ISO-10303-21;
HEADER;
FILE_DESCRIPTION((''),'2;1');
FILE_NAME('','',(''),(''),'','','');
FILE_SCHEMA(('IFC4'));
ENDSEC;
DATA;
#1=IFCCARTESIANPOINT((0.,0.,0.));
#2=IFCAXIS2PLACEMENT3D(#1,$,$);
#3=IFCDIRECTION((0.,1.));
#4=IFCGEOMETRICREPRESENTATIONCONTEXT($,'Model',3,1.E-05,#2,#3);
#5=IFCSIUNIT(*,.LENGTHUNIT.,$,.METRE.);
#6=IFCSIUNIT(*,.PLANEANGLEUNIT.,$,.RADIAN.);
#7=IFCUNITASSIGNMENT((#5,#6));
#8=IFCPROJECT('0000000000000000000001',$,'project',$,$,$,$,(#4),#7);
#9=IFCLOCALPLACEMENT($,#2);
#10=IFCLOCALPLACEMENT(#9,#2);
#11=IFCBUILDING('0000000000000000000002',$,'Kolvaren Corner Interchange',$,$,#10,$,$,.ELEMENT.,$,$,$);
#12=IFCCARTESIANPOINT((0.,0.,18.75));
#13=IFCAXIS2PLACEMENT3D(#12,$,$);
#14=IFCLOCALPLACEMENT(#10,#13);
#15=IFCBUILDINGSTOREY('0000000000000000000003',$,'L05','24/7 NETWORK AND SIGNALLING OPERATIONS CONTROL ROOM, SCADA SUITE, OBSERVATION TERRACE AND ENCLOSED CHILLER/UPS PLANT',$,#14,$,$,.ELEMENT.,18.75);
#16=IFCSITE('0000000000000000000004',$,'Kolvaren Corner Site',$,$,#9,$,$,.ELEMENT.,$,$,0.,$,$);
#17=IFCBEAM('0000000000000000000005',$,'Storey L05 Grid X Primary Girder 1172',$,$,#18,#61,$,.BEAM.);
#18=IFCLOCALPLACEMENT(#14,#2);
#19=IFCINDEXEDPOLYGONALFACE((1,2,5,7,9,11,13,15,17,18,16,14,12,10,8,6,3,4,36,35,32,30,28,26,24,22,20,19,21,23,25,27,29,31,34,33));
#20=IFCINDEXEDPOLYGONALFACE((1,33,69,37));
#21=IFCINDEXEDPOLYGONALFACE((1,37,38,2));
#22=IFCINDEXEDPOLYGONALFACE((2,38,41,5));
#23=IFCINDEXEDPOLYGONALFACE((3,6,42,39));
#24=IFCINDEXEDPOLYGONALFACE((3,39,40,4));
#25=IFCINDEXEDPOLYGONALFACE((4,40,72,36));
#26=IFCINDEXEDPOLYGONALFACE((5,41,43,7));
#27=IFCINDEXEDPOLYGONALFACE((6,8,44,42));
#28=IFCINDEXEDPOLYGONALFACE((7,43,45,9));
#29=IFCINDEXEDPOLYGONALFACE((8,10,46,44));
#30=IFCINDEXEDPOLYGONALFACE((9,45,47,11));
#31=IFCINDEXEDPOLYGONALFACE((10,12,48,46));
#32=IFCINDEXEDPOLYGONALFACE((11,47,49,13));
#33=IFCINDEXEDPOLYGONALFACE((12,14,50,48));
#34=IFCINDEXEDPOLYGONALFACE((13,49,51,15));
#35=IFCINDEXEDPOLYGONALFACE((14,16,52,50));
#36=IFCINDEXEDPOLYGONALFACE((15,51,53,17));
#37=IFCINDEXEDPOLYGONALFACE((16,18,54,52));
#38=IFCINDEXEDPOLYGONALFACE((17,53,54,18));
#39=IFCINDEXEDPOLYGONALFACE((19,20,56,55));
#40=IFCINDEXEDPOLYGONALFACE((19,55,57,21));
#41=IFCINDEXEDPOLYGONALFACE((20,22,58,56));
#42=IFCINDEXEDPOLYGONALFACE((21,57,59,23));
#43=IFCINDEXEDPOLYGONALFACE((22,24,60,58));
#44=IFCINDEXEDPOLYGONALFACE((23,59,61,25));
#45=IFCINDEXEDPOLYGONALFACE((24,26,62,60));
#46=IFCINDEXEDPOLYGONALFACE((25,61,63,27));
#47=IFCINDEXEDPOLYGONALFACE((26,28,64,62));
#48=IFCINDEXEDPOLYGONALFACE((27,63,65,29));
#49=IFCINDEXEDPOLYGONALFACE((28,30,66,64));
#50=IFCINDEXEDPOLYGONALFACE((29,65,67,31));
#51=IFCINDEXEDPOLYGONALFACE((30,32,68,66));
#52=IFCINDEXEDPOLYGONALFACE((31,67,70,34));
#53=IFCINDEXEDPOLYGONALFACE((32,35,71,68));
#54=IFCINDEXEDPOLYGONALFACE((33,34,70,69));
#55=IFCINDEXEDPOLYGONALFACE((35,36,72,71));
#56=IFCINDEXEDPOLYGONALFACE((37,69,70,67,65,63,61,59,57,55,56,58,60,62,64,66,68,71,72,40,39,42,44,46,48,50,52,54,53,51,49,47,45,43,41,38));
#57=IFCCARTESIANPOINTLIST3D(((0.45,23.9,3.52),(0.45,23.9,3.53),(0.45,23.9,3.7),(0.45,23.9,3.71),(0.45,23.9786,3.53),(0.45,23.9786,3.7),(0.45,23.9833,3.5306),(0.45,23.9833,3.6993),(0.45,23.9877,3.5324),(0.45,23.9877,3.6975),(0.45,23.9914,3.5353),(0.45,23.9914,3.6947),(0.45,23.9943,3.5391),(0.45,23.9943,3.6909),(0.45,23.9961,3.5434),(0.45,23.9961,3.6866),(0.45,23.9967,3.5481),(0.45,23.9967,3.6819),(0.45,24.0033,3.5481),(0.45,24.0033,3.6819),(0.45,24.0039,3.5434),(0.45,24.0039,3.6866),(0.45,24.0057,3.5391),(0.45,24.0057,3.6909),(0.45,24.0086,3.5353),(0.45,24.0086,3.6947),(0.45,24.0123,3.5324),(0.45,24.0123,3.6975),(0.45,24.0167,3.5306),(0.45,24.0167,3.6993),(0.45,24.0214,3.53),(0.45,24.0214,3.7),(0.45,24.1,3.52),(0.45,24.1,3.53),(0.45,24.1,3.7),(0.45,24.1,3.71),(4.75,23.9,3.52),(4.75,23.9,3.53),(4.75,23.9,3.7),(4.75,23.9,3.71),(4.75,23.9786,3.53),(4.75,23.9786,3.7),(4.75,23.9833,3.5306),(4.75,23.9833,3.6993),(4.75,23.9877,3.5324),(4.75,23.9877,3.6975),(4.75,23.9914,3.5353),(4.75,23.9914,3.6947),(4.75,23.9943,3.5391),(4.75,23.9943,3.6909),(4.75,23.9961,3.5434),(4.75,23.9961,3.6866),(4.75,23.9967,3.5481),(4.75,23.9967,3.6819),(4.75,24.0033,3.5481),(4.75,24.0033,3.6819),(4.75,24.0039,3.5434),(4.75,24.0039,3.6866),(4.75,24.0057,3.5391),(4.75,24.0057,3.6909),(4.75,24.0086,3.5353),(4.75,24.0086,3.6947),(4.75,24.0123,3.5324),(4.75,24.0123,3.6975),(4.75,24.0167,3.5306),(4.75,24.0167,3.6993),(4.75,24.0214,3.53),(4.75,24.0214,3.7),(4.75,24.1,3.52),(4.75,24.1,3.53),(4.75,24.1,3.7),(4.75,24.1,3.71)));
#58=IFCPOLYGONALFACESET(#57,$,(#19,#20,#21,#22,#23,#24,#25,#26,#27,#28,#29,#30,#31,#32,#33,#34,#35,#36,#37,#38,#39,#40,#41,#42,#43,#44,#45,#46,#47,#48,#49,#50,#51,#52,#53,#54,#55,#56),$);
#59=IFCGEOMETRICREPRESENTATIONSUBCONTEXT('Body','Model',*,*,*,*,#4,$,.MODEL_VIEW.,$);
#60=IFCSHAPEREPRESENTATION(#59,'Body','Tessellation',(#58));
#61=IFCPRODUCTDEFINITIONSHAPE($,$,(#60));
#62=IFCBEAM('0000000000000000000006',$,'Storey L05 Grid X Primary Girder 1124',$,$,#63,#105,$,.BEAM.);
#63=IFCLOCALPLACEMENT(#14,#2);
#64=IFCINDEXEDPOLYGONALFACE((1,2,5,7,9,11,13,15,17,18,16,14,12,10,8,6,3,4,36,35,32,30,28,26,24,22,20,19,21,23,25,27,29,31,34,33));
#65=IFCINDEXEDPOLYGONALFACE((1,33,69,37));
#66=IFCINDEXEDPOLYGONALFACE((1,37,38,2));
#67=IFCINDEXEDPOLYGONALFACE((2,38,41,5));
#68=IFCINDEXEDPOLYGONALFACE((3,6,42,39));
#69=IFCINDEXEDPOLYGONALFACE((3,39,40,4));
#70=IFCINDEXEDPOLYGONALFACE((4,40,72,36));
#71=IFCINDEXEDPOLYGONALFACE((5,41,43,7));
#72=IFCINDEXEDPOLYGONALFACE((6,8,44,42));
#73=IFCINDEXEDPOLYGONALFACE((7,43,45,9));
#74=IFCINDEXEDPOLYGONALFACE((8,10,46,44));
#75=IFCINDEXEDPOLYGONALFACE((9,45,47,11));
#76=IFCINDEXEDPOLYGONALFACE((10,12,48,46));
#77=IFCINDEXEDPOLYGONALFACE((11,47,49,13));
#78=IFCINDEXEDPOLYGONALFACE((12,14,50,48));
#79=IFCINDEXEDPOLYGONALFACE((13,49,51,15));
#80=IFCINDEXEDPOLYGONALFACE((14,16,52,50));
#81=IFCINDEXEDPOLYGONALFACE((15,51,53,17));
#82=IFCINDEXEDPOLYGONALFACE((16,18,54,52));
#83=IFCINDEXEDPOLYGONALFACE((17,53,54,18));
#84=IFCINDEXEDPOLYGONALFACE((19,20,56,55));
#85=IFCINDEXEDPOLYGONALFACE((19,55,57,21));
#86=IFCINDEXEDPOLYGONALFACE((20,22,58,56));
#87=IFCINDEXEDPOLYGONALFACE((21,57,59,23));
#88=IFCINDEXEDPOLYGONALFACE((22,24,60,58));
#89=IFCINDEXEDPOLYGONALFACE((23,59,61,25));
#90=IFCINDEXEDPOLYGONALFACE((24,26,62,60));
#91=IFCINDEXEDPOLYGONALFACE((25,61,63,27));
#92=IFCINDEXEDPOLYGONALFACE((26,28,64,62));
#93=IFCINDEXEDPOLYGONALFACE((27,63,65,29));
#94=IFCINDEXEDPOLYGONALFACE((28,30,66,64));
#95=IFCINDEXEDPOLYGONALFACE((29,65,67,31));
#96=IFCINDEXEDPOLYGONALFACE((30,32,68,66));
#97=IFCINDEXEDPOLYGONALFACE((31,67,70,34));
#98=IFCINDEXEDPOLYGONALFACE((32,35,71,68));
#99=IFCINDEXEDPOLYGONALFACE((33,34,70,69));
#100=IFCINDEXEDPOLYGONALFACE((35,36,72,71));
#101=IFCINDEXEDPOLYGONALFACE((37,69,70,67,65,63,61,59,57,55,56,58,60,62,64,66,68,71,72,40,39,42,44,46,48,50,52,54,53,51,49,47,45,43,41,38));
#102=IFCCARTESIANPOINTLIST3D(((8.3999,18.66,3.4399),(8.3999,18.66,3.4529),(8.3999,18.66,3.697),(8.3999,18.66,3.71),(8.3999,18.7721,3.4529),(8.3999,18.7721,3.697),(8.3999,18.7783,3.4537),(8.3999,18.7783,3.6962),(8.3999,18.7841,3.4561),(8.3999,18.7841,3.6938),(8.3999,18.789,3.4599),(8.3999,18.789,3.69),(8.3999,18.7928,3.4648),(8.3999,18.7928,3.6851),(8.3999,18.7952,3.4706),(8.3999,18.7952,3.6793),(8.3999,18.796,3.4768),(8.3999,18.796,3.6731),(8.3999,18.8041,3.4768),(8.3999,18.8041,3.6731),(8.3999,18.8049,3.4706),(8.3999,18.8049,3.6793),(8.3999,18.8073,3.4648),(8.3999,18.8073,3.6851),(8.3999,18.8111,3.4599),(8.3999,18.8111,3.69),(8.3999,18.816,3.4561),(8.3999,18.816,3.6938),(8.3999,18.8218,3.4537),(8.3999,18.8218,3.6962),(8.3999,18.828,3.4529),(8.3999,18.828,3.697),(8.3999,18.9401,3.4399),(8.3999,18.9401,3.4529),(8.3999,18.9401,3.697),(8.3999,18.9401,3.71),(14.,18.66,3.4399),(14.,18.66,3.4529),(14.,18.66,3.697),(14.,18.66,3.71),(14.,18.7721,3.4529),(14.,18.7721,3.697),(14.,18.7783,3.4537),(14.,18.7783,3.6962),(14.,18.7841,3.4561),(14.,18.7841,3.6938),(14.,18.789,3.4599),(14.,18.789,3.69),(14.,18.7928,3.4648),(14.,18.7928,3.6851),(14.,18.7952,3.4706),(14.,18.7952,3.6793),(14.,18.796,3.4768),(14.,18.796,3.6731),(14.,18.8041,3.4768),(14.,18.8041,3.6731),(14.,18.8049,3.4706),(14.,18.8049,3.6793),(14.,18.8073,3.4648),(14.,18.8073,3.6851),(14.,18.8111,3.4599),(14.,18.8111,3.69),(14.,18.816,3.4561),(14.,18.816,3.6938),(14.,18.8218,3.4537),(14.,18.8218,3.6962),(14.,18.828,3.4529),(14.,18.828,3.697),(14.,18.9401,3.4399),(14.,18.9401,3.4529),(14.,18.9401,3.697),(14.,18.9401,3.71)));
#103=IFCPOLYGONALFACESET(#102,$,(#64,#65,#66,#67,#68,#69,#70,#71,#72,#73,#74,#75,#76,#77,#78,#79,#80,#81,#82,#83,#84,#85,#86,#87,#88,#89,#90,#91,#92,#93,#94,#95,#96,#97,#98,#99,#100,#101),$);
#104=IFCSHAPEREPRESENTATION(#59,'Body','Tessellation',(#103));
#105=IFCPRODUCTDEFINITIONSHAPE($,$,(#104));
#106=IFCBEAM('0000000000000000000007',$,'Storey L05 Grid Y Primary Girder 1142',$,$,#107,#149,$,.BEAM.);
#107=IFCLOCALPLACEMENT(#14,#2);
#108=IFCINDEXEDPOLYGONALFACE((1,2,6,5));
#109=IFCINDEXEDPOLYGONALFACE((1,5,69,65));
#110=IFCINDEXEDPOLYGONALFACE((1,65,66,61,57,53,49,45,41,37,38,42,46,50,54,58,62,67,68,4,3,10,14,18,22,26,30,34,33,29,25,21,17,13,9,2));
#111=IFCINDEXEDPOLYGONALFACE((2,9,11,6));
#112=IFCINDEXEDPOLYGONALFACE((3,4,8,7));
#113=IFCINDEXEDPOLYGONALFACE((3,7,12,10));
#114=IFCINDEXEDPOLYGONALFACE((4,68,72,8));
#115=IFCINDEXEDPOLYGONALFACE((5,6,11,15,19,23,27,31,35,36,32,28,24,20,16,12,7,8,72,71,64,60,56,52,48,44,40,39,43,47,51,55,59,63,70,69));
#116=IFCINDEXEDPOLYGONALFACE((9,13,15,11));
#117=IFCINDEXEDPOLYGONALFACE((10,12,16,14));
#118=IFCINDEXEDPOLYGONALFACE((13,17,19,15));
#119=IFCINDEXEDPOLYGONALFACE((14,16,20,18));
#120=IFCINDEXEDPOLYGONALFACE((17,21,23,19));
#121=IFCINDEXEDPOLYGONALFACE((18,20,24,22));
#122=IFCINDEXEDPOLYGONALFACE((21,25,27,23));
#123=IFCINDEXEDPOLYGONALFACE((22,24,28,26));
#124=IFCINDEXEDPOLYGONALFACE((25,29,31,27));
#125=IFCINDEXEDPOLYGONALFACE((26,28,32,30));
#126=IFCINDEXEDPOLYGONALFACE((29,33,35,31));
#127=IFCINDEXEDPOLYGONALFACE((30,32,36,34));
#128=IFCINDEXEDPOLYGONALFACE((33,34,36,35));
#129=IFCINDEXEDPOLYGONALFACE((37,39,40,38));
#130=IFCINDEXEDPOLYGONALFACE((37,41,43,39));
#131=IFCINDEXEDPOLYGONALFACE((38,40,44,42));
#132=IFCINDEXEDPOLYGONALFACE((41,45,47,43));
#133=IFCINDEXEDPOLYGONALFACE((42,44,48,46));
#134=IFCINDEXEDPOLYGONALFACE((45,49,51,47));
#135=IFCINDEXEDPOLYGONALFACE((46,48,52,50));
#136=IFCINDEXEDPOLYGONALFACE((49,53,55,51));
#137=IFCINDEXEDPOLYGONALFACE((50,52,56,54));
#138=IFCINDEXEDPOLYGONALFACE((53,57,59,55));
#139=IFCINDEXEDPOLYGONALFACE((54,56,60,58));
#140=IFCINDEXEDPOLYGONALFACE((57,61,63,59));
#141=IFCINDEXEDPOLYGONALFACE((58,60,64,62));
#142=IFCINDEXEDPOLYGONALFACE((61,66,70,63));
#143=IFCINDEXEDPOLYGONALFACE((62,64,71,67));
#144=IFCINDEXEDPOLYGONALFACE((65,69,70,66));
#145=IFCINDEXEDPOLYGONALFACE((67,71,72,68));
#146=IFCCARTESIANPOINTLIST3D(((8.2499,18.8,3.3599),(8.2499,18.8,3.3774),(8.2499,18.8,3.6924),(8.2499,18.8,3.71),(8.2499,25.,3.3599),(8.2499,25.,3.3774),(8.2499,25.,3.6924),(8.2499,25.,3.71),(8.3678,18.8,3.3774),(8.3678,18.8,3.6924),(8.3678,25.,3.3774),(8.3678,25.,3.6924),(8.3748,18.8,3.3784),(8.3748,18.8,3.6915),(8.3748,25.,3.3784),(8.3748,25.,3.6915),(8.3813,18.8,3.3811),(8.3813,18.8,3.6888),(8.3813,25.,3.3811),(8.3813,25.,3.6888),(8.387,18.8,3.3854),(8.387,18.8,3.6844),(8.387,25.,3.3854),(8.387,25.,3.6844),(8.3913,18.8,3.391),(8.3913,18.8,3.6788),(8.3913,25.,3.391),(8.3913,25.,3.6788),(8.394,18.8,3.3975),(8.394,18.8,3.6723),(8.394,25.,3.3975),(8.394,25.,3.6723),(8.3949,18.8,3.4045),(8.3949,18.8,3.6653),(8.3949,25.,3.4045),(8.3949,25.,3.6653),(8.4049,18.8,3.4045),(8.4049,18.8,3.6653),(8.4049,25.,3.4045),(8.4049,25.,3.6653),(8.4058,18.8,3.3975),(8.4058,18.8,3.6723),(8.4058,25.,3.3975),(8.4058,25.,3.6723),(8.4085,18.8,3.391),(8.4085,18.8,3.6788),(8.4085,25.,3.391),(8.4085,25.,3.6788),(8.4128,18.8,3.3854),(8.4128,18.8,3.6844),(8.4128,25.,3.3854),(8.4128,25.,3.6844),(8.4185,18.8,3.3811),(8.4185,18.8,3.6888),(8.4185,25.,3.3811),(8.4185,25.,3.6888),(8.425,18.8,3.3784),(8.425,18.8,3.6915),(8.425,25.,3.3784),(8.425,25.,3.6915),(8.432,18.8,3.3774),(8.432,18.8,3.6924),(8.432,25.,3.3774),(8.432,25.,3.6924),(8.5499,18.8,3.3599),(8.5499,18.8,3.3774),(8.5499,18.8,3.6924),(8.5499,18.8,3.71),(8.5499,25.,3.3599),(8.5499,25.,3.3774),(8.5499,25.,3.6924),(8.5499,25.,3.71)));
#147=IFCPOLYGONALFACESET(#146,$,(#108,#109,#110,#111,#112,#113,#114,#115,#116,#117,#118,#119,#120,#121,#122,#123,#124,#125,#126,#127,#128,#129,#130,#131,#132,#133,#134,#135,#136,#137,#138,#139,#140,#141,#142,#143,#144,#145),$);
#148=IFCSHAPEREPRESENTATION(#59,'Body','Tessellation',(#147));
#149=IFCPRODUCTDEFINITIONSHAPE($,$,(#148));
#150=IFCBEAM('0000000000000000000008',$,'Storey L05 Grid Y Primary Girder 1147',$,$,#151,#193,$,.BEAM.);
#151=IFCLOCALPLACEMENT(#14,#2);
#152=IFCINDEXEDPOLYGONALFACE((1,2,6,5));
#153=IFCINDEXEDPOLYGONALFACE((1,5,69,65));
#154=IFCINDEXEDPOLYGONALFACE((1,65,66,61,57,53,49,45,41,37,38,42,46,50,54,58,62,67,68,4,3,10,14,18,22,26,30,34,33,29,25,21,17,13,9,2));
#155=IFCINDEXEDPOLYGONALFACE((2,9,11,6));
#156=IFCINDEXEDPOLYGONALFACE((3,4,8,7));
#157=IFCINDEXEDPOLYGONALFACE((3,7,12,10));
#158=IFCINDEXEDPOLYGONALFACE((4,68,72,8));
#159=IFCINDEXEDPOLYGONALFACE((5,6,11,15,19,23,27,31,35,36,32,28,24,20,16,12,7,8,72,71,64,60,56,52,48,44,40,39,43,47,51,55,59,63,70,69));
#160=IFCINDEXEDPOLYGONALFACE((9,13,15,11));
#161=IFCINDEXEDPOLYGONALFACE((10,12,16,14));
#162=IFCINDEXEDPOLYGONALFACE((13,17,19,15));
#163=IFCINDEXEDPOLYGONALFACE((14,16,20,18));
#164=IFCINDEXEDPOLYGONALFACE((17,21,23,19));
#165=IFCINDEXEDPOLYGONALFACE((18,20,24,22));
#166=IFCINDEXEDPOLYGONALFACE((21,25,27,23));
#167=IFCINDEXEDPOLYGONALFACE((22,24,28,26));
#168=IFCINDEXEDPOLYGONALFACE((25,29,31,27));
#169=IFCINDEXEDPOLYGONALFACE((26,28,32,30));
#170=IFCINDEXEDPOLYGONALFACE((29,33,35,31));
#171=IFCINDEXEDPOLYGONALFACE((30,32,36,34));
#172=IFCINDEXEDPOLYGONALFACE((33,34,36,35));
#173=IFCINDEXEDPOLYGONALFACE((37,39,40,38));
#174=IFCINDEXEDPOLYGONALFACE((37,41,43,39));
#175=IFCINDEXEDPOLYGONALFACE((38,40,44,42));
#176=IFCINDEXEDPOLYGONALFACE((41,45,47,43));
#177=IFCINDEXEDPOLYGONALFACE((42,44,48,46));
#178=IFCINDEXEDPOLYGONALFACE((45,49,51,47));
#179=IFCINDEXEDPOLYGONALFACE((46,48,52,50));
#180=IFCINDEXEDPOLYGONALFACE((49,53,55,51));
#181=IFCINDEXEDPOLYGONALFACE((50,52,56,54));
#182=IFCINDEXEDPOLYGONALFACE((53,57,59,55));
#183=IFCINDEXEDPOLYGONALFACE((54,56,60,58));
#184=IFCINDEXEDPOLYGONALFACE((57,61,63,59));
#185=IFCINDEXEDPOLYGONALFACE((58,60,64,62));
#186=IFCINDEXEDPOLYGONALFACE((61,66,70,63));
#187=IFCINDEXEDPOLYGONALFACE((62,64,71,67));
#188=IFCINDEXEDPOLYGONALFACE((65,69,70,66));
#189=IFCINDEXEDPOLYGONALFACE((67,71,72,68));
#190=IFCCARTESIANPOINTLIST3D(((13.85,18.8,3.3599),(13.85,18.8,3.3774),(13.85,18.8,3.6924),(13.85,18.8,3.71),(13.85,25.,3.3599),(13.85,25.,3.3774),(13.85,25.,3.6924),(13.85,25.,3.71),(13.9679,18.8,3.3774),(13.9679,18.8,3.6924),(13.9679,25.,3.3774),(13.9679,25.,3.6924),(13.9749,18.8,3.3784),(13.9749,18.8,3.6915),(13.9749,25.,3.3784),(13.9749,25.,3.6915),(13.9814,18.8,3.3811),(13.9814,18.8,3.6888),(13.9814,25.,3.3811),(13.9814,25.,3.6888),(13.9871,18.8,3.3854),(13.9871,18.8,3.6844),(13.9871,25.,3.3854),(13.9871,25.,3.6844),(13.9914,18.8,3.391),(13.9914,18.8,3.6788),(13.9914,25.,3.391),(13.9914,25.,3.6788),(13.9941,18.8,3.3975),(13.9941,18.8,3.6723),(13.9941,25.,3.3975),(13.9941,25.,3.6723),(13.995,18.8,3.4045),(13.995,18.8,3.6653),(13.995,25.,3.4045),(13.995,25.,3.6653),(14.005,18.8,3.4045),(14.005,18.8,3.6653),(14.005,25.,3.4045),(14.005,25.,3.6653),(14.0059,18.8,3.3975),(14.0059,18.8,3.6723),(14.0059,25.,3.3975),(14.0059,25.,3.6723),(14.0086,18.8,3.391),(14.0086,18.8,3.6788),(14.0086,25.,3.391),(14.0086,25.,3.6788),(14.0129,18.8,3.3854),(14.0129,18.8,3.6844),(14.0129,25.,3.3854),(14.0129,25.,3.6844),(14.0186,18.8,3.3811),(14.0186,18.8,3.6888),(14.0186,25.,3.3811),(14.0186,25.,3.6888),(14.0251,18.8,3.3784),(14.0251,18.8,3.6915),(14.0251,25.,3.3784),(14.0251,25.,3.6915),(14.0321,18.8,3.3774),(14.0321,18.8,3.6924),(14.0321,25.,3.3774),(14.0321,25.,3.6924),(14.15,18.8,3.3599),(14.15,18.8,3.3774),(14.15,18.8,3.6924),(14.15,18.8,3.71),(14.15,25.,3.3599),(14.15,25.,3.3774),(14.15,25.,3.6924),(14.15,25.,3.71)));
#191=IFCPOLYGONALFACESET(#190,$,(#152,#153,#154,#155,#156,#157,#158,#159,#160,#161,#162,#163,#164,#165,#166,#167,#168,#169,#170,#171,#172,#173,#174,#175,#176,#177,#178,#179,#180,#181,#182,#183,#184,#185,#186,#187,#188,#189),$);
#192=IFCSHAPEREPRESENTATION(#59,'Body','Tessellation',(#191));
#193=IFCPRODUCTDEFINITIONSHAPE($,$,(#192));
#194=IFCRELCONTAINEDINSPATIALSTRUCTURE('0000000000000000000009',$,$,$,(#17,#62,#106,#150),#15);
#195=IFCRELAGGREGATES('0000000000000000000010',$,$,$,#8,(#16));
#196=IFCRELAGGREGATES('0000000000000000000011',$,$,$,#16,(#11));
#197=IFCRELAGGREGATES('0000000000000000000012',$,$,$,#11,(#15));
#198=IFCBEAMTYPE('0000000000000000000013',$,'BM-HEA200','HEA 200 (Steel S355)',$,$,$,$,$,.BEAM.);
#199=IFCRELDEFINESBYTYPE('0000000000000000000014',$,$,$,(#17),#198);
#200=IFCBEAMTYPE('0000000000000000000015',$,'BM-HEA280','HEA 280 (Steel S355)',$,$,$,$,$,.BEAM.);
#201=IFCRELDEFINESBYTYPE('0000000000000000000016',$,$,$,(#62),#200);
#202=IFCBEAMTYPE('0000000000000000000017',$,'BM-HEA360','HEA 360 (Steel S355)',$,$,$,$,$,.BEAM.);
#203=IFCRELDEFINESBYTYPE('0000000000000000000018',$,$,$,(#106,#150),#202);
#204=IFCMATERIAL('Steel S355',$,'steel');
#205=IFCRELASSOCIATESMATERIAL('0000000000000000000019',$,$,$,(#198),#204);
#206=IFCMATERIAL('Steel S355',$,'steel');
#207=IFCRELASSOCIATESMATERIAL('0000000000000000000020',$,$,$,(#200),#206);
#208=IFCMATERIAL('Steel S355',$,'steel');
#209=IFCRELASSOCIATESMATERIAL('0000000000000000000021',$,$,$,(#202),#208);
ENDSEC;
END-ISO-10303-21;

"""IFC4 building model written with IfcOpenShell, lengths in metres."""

from ifc_helpers import new_model, si_unit, direction, frame, origin, origin_2d, place, context, subcontext, project, spatial, i_section, extrude, material, material_profile, profile_set, type_object, element, save


model = new_model("IFC4")

# Units and contexts
model_context = context("Model", 3, precision=1e-05, world=origin(), true_north=direction((0.0, 1.0)))
body_context = subcontext(model_context, "Body", "Model", "MODEL_VIEW")
ifc_project = project(units=[si_unit("LENGTHUNIT", "METRE"), si_unit("PLANEANGLEUNIT", "RADIAN")], contexts=[model_context])

# Site, building, storey
site_placement = place(None, origin())
site = spatial("IfcSite", under=ifc_project, at=site_placement, Name="Kolvaren Corner Site", CompositionType="ELEMENT", RefElevation=0.0)
building_placement = place(site_placement, origin())
building = spatial("IfcBuilding", under=site, at=building_placement, Name="Kolvaren Corner Interchange", CompositionType="ELEMENT")
storey_placement = place(building_placement, frame((0.0, 0.0, 18.75)))
storey = spatial("IfcBuildingStorey", under=building, at=storey_placement, Name="L05", Description="24/7 NETWORK AND SIGNALLING OPERATIONS CONTROL ROOM, SCADA SUITE, OBSERVATION TERRACE AND ENCLOSED CHILLER/UPS PLANT", CompositionType="ELEMENT", Elevation=18.75)

# Beams
ifc_material_1 = material(Name="Steel S355", Category="steel")
ifc_material_profile_1 = material_profile(ifc_material_1, i_section(OverallWidth=0.2, OverallDepth=0.1899, WebThickness=0.0066, FlangeThickness=0.01, FilletRadius=0.0181, at=origin_2d()), Name="HEA 200")
ifc_profile_set_1 = profile_set([ifc_material_profile_1], Name="Steel S355")
beam_type_1 = type_object("IfcBeamType", Name="BM-HEA200", Description="HEA 200 (Steel S355)", PredefinedType="BEAM", material=ifc_profile_set_1)
for number, where, z_axis, x_axis, name in (
    (1, (0.45, 24.0, 3.615), (1.0, 0.0, 0.0), (0.0, 1.0, 0.0), "Storey L05 Grid X Primary Girder 1172"),
):
    element("IfcBeam", number, at=place(storey_placement, frame(where, z_axis=z_axis, x_axis=x_axis)), inside=storey, type_object=beam_type_1, Name=name, PredefinedType="BEAM", context=body_context, shape_type="SweptSolid", body=[
        extrude(i_section(OverallWidth=0.2, OverallDepth=0.1899, WebThickness=0.0066, FlangeThickness=0.01, FilletRadius=0.0181, at=origin_2d()), origin(), (0.0, 0.0, 1.0), 4.3),
    ])
ifc_material_2 = material(Name="Steel S355", Category="steel")
ifc_material_profile_2 = material_profile(ifc_material_2, i_section(OverallWidth=0.28, OverallDepth=0.27, WebThickness=0.0081, FlangeThickness=0.0129, FilletRadius=0.0239, at=origin_2d()), Name="HEA 280")
ifc_profile_set_2 = profile_set([ifc_material_profile_2], Name="Steel S355")
beam_type_2 = type_object("IfcBeamType", Name="BM-HEA280", Description="HEA 280 (Steel S355)", PredefinedType="BEAM", material=ifc_profile_set_2)
beam_1_placement = place(storey_placement, frame((8.3999, 18.8, 3.575), z_axis=(1.0, 0.0, 0.0), x_axis=(0.0, 1.0, 0.0)))
element("IfcBeam", 2, at=beam_1_placement, inside=storey, type_object=beam_type_2, Name="Storey L05 Grid X Primary Girder 1124", PredefinedType="BEAM", context=body_context, shape_type="SweptSolid", body=[
    extrude(i_section(OverallWidth=0.28, OverallDepth=0.27, WebThickness=0.0081, FlangeThickness=0.0129, FilletRadius=0.0239, at=origin_2d()), origin(), (0.0, 0.0, 1.0), 5.6001),
])
ifc_material_3 = material(Name="Steel S355", Category="steel")
ifc_material_profile_3 = material_profile(ifc_material_3, i_section(OverallWidth=0.3, OverallDepth=0.3501, WebThickness=0.01, FlangeThickness=0.0176, FilletRadius=0.0271, at=origin_2d()), Name="HEA 360")
ifc_profile_set_3 = profile_set([ifc_material_profile_3], Name="Steel S355")
beam_type_3 = type_object("IfcBeamType", Name="BM-HEA360", Description="HEA 360 (Steel S355)", PredefinedType="BEAM", material=ifc_profile_set_3)
for number, where, z_axis, x_axis, name in (
    (3, (8.3999, 18.8, 3.5349), (0.0, 1.0, 0.0), (-1.0, 0.0, 0.0), "Storey L05 Grid Y Primary Girder 1142"),
    (4, (14.0, 18.8, 3.5349), (0.0, 1.0, 0.0), (-1.0, 0.0, 0.0), "Storey L05 Grid Y Primary Girder 1147"),
):
    element("IfcBeam", number, at=place(storey_placement, frame(where, z_axis=z_axis, x_axis=x_axis)), inside=storey, type_object=beam_type_3, Name=name, PredefinedType="BEAM", context=body_context, shape_type="SweptSolid", body=[
        extrude(i_section(OverallWidth=0.3, OverallDepth=0.3501, WebThickness=0.01, FlangeThickness=0.0176, FilletRadius=0.0271, at=origin_2d()), origin(), (0.0, 0.0, 1.0), 6.2),
    ])

save(model, "model.ifc")
